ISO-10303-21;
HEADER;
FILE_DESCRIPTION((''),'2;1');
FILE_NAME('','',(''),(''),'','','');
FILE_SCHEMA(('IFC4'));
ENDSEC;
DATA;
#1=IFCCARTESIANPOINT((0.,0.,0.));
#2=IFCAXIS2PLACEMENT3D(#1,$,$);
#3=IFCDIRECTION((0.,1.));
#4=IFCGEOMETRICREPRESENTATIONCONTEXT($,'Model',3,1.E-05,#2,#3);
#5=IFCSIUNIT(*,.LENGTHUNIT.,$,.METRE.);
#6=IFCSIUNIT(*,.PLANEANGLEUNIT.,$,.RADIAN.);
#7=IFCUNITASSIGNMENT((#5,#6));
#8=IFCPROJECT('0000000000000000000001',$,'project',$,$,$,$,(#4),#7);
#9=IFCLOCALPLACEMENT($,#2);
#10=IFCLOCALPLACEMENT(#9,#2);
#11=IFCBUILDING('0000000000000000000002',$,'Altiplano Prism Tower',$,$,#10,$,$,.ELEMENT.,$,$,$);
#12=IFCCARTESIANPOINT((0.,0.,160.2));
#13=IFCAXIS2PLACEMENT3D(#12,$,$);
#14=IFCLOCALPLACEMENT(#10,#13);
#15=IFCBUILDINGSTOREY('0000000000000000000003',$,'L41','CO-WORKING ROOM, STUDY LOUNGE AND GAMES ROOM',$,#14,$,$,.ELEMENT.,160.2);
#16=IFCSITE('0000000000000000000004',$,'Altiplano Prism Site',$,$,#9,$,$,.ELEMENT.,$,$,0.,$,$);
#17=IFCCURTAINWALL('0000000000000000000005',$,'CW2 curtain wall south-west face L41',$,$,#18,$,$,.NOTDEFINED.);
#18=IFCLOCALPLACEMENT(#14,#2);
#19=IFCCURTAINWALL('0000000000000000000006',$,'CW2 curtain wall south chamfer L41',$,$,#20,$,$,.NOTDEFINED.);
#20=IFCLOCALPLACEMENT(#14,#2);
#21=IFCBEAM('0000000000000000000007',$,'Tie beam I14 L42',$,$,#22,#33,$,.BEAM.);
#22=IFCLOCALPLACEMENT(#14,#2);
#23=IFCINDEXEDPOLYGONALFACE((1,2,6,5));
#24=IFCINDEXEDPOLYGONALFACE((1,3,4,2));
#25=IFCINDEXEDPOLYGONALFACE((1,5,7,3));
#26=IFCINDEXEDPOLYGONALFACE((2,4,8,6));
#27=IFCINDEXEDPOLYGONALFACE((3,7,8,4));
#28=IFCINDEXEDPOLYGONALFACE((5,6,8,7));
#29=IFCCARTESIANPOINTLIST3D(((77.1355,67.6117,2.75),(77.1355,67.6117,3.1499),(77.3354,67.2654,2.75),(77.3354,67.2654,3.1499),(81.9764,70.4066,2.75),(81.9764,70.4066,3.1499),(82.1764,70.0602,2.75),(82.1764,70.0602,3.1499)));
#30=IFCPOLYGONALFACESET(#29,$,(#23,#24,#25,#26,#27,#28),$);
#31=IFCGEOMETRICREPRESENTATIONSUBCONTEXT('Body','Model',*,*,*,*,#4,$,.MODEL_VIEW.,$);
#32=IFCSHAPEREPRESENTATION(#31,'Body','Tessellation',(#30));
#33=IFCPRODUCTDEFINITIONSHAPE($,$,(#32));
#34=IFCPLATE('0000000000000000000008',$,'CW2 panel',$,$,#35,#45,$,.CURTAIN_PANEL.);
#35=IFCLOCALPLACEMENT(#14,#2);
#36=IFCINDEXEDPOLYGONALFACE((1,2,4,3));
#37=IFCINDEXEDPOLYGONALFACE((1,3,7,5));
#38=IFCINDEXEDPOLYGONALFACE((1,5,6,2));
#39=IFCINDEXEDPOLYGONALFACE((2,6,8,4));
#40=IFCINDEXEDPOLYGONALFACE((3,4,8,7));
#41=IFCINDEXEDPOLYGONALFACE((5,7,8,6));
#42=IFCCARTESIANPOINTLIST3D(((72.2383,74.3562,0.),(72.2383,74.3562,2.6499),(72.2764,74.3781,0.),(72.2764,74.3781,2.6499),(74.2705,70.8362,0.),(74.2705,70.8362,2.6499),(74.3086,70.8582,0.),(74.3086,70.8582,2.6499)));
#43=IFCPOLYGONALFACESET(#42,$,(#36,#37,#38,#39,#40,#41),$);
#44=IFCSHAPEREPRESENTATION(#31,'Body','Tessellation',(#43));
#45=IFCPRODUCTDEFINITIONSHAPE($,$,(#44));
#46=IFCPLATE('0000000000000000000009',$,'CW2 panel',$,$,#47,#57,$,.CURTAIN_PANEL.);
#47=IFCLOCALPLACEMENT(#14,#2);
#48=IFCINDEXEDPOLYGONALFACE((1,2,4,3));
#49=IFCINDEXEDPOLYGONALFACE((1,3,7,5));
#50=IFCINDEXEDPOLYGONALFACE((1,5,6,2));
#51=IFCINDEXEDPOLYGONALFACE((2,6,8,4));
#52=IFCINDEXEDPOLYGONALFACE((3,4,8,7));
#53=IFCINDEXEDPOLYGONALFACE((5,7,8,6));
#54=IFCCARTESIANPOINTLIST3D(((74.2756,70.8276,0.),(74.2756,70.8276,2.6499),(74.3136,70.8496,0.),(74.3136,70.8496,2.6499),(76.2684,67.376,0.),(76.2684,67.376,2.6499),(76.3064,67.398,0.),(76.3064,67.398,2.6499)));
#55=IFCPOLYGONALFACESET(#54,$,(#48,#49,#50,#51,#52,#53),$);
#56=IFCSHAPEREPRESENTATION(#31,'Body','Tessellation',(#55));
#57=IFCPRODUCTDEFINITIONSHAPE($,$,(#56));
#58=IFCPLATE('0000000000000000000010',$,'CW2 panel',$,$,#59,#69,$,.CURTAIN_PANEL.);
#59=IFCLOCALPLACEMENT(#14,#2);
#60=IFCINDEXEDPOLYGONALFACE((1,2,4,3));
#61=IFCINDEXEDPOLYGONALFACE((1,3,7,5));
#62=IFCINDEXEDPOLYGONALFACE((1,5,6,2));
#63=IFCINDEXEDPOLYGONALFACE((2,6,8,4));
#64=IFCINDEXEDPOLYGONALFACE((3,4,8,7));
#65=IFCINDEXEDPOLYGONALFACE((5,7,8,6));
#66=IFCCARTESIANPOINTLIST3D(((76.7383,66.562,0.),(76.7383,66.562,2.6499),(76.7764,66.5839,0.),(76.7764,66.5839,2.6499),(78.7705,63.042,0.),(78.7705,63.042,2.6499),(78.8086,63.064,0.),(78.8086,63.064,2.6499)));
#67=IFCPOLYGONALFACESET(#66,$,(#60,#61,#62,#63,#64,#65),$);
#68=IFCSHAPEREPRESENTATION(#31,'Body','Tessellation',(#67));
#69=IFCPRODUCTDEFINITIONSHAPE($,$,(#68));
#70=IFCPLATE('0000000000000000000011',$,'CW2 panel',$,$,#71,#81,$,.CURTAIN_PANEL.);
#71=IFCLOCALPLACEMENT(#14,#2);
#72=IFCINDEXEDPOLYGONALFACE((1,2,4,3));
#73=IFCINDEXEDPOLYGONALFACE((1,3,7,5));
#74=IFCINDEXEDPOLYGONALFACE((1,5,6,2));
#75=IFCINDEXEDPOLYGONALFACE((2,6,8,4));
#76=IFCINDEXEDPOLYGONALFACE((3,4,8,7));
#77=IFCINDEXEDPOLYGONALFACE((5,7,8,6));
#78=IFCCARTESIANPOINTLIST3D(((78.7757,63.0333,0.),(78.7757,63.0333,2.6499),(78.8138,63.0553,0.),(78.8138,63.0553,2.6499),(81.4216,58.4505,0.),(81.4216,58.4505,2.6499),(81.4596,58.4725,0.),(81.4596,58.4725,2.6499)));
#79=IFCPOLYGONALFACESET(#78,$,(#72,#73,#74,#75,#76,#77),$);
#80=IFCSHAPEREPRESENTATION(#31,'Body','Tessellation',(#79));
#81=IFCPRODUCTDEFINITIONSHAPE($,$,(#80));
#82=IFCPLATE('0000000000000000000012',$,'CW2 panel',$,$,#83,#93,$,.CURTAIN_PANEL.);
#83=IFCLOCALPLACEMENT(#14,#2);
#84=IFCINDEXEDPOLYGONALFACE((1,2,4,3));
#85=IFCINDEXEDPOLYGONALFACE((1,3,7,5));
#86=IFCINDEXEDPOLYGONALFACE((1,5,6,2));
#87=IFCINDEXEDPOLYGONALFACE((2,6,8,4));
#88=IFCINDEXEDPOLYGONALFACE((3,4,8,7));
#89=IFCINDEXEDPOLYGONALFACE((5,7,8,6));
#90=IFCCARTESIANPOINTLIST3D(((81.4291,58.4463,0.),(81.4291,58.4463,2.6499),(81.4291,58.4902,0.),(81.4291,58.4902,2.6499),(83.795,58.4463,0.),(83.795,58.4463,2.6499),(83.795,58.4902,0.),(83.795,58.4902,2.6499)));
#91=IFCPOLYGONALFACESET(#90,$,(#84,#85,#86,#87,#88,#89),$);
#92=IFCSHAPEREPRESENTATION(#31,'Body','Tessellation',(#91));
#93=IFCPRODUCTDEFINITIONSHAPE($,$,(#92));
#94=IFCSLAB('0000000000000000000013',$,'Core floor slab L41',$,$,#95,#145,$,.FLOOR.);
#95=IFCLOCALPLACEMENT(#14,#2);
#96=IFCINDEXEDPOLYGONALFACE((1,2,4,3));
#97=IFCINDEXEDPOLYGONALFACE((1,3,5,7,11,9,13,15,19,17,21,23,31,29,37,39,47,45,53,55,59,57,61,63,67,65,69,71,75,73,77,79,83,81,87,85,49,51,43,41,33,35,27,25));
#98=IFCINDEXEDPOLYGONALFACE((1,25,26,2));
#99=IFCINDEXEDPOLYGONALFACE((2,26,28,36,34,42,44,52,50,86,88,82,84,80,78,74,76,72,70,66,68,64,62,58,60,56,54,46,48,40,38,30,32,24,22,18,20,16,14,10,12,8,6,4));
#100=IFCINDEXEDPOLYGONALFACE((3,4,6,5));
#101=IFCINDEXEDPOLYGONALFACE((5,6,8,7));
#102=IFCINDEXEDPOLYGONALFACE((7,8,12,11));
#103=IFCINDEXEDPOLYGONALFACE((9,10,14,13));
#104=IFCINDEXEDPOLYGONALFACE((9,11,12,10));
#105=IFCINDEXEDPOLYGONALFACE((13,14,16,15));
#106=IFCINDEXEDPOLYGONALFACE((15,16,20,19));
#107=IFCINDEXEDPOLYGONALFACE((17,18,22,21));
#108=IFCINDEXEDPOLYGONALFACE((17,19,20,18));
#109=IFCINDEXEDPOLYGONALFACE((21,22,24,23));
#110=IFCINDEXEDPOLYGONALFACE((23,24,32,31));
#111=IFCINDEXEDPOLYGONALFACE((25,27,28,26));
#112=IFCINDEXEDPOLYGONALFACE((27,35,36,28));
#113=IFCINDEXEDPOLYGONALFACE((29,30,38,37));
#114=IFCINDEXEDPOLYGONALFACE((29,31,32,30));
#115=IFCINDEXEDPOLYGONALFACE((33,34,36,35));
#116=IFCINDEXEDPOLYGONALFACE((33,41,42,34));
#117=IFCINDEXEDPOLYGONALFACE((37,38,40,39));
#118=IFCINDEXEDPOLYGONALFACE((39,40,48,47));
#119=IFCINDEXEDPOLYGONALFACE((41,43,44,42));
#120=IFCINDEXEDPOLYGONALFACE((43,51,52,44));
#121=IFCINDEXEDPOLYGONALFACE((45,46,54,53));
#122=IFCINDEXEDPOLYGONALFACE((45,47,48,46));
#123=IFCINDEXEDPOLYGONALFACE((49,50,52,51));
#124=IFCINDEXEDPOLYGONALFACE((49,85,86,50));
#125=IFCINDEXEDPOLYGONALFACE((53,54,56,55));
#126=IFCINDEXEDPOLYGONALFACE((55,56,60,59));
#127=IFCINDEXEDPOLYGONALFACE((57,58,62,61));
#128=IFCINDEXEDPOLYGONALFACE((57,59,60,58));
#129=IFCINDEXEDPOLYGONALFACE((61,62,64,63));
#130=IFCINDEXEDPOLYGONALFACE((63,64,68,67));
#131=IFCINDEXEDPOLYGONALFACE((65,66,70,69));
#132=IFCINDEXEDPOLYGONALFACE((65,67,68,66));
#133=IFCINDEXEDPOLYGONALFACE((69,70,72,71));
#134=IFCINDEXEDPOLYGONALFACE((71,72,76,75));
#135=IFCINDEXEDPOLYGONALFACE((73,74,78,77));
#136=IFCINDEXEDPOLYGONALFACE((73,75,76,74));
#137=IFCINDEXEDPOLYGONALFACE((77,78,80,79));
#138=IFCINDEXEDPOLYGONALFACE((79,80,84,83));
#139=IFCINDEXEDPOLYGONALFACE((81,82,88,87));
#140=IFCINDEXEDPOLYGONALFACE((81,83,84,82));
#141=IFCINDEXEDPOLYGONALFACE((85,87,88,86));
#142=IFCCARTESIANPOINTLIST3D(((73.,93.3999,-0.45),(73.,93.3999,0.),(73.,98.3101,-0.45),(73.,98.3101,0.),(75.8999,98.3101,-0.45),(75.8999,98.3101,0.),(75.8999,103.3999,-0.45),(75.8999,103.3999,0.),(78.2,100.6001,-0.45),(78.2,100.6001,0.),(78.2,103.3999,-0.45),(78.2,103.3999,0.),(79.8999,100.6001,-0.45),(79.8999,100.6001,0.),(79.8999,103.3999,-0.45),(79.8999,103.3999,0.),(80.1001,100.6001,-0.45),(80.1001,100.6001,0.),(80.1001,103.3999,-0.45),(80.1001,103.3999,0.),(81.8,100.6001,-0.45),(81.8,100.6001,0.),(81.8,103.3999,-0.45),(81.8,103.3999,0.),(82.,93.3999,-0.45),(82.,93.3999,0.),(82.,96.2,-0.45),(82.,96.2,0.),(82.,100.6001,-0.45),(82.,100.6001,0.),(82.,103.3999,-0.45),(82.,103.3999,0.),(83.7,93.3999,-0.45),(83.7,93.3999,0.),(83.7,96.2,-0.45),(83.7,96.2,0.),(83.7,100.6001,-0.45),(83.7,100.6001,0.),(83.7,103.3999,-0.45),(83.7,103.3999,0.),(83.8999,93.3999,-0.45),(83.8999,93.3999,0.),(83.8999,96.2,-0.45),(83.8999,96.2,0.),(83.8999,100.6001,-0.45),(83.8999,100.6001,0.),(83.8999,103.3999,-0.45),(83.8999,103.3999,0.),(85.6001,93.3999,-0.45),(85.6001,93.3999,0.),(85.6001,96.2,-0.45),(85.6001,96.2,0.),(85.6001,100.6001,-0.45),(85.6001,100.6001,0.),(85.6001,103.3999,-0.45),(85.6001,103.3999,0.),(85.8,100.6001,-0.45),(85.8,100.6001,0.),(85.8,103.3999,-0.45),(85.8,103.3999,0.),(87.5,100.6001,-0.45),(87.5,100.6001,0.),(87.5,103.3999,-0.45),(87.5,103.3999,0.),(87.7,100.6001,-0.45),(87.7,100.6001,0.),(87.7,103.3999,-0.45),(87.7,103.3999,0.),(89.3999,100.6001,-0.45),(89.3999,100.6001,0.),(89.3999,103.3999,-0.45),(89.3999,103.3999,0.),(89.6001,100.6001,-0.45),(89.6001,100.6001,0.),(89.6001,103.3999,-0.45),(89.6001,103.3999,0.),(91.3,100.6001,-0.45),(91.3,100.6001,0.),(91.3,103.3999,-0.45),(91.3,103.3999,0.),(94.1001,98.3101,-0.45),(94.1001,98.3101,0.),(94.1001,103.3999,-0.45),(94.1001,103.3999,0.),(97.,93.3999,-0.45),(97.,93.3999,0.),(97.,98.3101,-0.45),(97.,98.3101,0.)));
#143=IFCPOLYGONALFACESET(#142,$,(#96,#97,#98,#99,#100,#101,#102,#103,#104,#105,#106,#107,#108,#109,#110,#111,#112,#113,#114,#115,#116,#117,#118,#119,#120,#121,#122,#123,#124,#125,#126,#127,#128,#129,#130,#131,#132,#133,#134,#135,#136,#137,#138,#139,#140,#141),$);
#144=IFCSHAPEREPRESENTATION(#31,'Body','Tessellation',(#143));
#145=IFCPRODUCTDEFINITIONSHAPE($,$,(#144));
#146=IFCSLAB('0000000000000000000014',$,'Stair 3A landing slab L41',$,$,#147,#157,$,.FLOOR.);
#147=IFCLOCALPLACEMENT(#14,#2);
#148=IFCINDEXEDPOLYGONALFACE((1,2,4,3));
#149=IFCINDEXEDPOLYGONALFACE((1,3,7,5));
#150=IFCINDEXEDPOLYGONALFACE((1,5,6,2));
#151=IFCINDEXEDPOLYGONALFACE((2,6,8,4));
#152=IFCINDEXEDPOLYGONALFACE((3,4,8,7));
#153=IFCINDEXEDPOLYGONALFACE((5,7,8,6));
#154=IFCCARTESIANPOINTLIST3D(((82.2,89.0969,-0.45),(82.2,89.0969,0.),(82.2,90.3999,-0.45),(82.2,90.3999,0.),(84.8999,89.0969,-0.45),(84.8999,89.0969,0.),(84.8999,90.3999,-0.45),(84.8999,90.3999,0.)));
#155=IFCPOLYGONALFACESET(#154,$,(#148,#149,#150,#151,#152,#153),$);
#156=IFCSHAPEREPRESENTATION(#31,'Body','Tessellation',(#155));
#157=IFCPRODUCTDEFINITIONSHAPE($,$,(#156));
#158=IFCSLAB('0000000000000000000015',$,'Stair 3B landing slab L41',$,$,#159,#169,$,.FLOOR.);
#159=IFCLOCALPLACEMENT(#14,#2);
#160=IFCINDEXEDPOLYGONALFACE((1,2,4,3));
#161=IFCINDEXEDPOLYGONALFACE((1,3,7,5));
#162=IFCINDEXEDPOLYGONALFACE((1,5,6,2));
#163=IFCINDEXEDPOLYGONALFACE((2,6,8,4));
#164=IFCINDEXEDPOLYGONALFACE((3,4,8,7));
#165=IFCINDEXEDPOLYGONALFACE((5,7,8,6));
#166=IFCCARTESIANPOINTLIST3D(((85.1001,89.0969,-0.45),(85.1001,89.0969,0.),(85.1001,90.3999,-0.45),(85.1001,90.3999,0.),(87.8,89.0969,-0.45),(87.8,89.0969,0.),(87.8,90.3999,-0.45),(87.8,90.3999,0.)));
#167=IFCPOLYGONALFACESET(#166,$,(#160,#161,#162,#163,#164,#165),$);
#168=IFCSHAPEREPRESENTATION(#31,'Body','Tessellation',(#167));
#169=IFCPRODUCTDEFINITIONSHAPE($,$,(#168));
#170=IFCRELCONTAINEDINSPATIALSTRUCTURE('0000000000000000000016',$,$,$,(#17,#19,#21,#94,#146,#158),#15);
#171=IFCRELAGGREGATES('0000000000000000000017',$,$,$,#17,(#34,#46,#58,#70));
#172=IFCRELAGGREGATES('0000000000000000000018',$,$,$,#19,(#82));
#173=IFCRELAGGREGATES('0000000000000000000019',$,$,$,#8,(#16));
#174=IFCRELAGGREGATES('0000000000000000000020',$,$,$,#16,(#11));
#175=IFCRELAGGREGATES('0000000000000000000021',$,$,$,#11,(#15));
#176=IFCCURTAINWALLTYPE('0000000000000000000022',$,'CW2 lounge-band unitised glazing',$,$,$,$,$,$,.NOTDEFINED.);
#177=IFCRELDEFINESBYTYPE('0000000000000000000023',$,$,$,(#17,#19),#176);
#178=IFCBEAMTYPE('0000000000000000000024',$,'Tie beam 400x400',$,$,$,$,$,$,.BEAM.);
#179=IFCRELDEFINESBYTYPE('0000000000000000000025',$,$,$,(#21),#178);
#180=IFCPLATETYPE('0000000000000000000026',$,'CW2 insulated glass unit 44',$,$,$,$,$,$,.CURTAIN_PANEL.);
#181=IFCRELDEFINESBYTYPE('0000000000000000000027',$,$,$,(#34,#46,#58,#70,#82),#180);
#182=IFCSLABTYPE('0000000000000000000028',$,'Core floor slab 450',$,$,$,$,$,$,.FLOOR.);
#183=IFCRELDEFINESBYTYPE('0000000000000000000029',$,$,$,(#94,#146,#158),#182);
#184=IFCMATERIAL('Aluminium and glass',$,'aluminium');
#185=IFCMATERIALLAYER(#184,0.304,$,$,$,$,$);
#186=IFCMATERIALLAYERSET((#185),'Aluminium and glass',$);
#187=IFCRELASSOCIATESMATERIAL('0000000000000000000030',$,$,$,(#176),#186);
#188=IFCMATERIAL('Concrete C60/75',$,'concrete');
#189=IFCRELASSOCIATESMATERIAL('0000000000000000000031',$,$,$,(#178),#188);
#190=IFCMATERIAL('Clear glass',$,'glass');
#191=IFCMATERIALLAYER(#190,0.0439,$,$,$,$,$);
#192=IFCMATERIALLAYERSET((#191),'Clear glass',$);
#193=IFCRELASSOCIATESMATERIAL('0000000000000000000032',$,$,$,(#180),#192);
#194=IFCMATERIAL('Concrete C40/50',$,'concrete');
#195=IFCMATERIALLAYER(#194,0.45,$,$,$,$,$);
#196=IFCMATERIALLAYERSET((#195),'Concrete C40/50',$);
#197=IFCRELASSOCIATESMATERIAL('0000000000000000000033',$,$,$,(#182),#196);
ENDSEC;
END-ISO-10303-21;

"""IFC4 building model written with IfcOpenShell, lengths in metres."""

from ifc_helpers import new_model, si_unit, direction, frame, origin, origin_2d, place, context, subcontext, project, spatial, polyline, rectangle, outline, extrude, material, layer, layer_set, material_profile, profile_set, type_object, element, aggregate, save


model = new_model("IFC4")

# Units and contexts
model_context = context("Model", 3, precision=1e-05, world=origin(), true_north=direction((0.0, 1.0)))
body_context = subcontext(model_context, "Body", "Model", "MODEL_VIEW")
ifc_project = project(units=[si_unit("LENGTHUNIT", "METRE"), si_unit("PLANEANGLEUNIT", "RADIAN")], contexts=[model_context])

# Site, building, storey
site_placement = place(None, origin())
site = spatial("IfcSite", under=ifc_project, at=site_placement, Name="Altiplano Prism Site", CompositionType="ELEMENT", RefElevation=0.0)
building_placement = place(site_placement, origin())
building = spatial("IfcBuilding", under=site, at=building_placement, Name="Altiplano Prism Tower", CompositionType="ELEMENT")
storey_placement = place(building_placement, frame((0.0, 0.0, 160.2)))
storey = spatial("IfcBuildingStorey", under=building, at=storey_placement, Name="L41", Description="CO-WORKING ROOM, STUDY LOUNGE AND GAMES ROOM", CompositionType="ELEMENT", Elevation=160.2)

# Shared definitions
ifc_material_1 = material(Name="Concrete C60/75", Category="concrete")

# Curtain wall
ifc_material_2 = material(Name="Aluminium and glass", Category="aluminium")
ifc_layer_1 = layer(ifc_material_2, 0.304)
ifc_layer_set_1 = layer_set([ifc_layer_1], Name="Aluminium and glass")
curtain_wall_type = type_object("IfcCurtainWallType", Name="CW2 lounge-band unitised glazing", PredefinedType="NOTDEFINED", material=ifc_layer_set_1)
curtain_wall_1_placement = place(storey_placement, origin())
curtain_wall_1 = element("IfcCurtainWall", 1, at=curtain_wall_1_placement, inside=storey, type_object=curtain_wall_type, Name="CW2 curtain wall south-west face L41", PredefinedType="NOTDEFINED")

# Curtain wall
curtain_wall_2_placement = place(storey_placement, origin())
curtain_wall_2 = element("IfcCurtainWall", 2, at=curtain_wall_2_placement, inside=storey, type_object=curtain_wall_type, Name="CW2 curtain wall south chamfer L41", PredefinedType="NOTDEFINED")

# Beam
ifc_material_profile_1 = material_profile(ifc_material_1, rectangle(XDim=0.3999, YDim=0.3999, at=origin_2d()), Name="Tie beam 400x400")
ifc_profile_set_1 = profile_set([ifc_material_profile_1], Name="Concrete C60/75")
beam_type_1 = type_object("IfcBeamType", Name="Tie beam 400x400", PredefinedType="BEAM", material=ifc_profile_set_1)
beam_1_placement = place(storey_placement, frame((82.0764, 70.2334, 2.95), z_axis=(-0.866031, -0.499991, 0.0), x_axis=(0.499991, -0.866031, 0.0)))
element("IfcBeam", 3, at=beam_1_placement, inside=storey, type_object=beam_type_1, Name="Tie beam I14 L42", PredefinedType="BEAM", context=body_context, shape_type="SweptSolid", body=[
    extrude(rectangle(XDim=0.3999, YDim=0.3999, at=origin_2d()), origin(), (0.0, 0.0, 1.0), 5.5898),
])

# Plates
ifc_material_3 = material(Name="Clear glass", Category="glass")
ifc_layer_2 = layer(ifc_material_3, 0.0439)
ifc_layer_set_2 = layer_set([ifc_layer_2], Name="Clear glass")
plate_type = type_object("IfcPlateType", Name="CW2 insulated glass unit 44", PredefinedType="CURTAIN_PANEL", material=ifc_layer_set_2)
plate_1_placement = place(storey_placement, frame((73.2734, 72.6072, 0.0), z_axis=(0.0, 0.0, 1.0), x_axis=(0.5, -0.866025, 0.0)))
plate_1 = element("IfcPlate", 4, at=plate_1_placement, type_object=plate_type, Name="CW2 panel", PredefinedType="CURTAIN_PANEL", context=body_context, shape_type="SweptSolid", body=[
    extrude(rectangle(XDim=4.0645, YDim=0.0439, at=origin_2d()), origin(), (0.0, 0.0, 1.0), 2.6499),
])
plate_2_placement = place(storey_placement, frame((75.291, 69.1128, 0.0), z_axis=(0.0, 0.0, 1.0), x_axis=(0.5, -0.866025, 0.0)))
plate_2 = element("IfcPlate", 5, at=plate_2_placement, type_object=plate_type, Name="CW2 panel", PredefinedType="CURTAIN_PANEL", context=body_context, shape_type="SweptSolid", body=[
    extrude(rectangle(XDim=3.9856, YDim=0.0439, at=origin_2d()), origin(), (0.0, 0.0, 1.0), 2.6499),
])
plate_3_placement = place(storey_placement, frame((77.7734, 64.813, 0.0), z_axis=(0.0, 0.0, 1.0), x_axis=(0.5, -0.866025, 0.0)))
plate_3 = element("IfcPlate", 6, at=plate_3_placement, type_object=plate_type, Name="CW2 panel", PredefinedType="CURTAIN_PANEL", context=body_context, shape_type="SweptSolid", body=[
    extrude(rectangle(XDim=4.0645, YDim=0.0439, at=origin_2d()), origin(), (0.0, 0.0, 1.0), 2.6499),
])
plate_4_placement = place(storey_placement, frame((80.1177, 60.7529, 0.0), z_axis=(0.0, 0.0, 1.0), x_axis=(0.5, -0.866025, 0.0)))
plate_4 = element("IfcPlate", 7, at=plate_4_placement, type_object=plate_type, Name="CW2 panel", PredefinedType="CURTAIN_PANEL", context=body_context, shape_type="SweptSolid", body=[
    extrude(rectangle(XDim=5.2917, YDim=0.0439, at=origin_2d()), origin(), (0.0, 0.0, 1.0), 2.6499),
])
aggregate(curtain_wall_1, [plate_1, plate_2, plate_3, plate_4])
plate_5_placement = place(storey_placement, frame((82.6121, 58.4683, 0.0), z_axis=(0.0, 0.0, 1.0), x_axis=(1.0, 0.0, 0.0)))
plate_5 = element("IfcPlate", 8, at=plate_5_placement, type_object=plate_type, Name="CW2 panel", PredefinedType="CURTAIN_PANEL", context=body_context, shape_type="SweptSolid", body=[
    extrude(rectangle(XDim=2.366, YDim=0.0439, at=origin_2d()), origin(), (0.0, 0.0, 1.0), 2.6499),
])
aggregate(curtain_wall_2, [plate_5])

# Slabs
ifc_material_4 = material(Name="Concrete C40/50", Category="concrete")
ifc_layer_3 = layer(ifc_material_4, 0.45)
ifc_layer_set_3 = layer_set([ifc_layer_3], Name="Concrete C40/50")
slab_type_1 = type_object("IfcSlabType", Name="Core floor slab 450", PredefinedType="FLOOR", material=ifc_layer_set_3)
slab_1_placement = place(storey_placement, frame((0.0, 0.0, -0.45)))
element("IfcSlab", 9, at=slab_1_placement, inside=storey, type_object=slab_type_1, Name="Core floor slab L41", PredefinedType="FLOOR", context=body_context, shape_type="SweptSolid", body=[
    extrude(outline(polyline([(97.0, 98.3101), (94.1001, 98.3101), (94.1001, 103.3999), (91.3, 103.3999), (91.3, 100.6001), (89.6001, 100.6001), (89.6001, 103.3999), (89.3999, 103.3999), (89.3999, 100.6001), (87.7, 100.6001), (87.7, 103.3999), (87.5, 103.3999), (87.5, 100.6001), (85.8, 100.6001), (85.8, 103.3999), (85.6001, 103.3999), (85.6001, 100.6001), (83.8999, 100.6001), (83.8999, 103.3999), (83.7, 103.3999), (83.7, 100.6001), (82.0, 100.6001), (82.0, 103.3999), (81.8, 103.3999), (81.8, 100.6001), (80.1001, 100.6001), (80.1001, 103.3999), (79.8999, 103.3999), (79.8999, 100.6001), (78.2, 100.6001), (78.2, 103.3999), (75.8999, 103.3999), (75.8999, 98.3101), (73.0, 98.3101), (73.0, 93.3999), (82.0, 93.3999), (82.0, 96.2), (83.7, 96.2), (83.7, 93.3999), (83.8999, 93.3999), (83.8999, 96.2), (85.6001, 96.2), (85.6001, 93.3999), (97.0, 93.3999), (97.0, 98.3101)])), origin(), (0.0, 0.0, 1.0), 0.45),
])
slab_2_placement = place(storey_placement, frame((0.0, 0.0, -0.45)))
element("IfcSlab", 10, at=slab_2_placement, inside=storey, type_object=slab_type_1, Name="Stair 3A landing slab L41", PredefinedType="FLOOR", context=body_context, shape_type="SweptSolid", body=[
    extrude(outline(polyline([(82.2, 89.0969), (84.8999, 89.0969), (84.8999, 90.3999), (82.2, 90.3999), (82.2, 89.0969)])), origin(), (0.0, 0.0, 1.0), 0.45),
])
slab_3_placement = place(storey_placement, frame((0.0, 0.0, -0.45)))
element("IfcSlab", 11, at=slab_3_placement, inside=storey, type_object=slab_type_1, Name="Stair 3B landing slab L41", PredefinedType="FLOOR", context=body_context, shape_type="SweptSolid", body=[
    extrude(outline(polyline([(85.1001, 89.0969), (87.8, 89.0969), (87.8, 90.3999), (85.1001, 90.3999), (85.1001, 89.0969)])), origin(), (0.0, 0.0, 1.0), 0.45),
])

save(model, "model.ifc")
